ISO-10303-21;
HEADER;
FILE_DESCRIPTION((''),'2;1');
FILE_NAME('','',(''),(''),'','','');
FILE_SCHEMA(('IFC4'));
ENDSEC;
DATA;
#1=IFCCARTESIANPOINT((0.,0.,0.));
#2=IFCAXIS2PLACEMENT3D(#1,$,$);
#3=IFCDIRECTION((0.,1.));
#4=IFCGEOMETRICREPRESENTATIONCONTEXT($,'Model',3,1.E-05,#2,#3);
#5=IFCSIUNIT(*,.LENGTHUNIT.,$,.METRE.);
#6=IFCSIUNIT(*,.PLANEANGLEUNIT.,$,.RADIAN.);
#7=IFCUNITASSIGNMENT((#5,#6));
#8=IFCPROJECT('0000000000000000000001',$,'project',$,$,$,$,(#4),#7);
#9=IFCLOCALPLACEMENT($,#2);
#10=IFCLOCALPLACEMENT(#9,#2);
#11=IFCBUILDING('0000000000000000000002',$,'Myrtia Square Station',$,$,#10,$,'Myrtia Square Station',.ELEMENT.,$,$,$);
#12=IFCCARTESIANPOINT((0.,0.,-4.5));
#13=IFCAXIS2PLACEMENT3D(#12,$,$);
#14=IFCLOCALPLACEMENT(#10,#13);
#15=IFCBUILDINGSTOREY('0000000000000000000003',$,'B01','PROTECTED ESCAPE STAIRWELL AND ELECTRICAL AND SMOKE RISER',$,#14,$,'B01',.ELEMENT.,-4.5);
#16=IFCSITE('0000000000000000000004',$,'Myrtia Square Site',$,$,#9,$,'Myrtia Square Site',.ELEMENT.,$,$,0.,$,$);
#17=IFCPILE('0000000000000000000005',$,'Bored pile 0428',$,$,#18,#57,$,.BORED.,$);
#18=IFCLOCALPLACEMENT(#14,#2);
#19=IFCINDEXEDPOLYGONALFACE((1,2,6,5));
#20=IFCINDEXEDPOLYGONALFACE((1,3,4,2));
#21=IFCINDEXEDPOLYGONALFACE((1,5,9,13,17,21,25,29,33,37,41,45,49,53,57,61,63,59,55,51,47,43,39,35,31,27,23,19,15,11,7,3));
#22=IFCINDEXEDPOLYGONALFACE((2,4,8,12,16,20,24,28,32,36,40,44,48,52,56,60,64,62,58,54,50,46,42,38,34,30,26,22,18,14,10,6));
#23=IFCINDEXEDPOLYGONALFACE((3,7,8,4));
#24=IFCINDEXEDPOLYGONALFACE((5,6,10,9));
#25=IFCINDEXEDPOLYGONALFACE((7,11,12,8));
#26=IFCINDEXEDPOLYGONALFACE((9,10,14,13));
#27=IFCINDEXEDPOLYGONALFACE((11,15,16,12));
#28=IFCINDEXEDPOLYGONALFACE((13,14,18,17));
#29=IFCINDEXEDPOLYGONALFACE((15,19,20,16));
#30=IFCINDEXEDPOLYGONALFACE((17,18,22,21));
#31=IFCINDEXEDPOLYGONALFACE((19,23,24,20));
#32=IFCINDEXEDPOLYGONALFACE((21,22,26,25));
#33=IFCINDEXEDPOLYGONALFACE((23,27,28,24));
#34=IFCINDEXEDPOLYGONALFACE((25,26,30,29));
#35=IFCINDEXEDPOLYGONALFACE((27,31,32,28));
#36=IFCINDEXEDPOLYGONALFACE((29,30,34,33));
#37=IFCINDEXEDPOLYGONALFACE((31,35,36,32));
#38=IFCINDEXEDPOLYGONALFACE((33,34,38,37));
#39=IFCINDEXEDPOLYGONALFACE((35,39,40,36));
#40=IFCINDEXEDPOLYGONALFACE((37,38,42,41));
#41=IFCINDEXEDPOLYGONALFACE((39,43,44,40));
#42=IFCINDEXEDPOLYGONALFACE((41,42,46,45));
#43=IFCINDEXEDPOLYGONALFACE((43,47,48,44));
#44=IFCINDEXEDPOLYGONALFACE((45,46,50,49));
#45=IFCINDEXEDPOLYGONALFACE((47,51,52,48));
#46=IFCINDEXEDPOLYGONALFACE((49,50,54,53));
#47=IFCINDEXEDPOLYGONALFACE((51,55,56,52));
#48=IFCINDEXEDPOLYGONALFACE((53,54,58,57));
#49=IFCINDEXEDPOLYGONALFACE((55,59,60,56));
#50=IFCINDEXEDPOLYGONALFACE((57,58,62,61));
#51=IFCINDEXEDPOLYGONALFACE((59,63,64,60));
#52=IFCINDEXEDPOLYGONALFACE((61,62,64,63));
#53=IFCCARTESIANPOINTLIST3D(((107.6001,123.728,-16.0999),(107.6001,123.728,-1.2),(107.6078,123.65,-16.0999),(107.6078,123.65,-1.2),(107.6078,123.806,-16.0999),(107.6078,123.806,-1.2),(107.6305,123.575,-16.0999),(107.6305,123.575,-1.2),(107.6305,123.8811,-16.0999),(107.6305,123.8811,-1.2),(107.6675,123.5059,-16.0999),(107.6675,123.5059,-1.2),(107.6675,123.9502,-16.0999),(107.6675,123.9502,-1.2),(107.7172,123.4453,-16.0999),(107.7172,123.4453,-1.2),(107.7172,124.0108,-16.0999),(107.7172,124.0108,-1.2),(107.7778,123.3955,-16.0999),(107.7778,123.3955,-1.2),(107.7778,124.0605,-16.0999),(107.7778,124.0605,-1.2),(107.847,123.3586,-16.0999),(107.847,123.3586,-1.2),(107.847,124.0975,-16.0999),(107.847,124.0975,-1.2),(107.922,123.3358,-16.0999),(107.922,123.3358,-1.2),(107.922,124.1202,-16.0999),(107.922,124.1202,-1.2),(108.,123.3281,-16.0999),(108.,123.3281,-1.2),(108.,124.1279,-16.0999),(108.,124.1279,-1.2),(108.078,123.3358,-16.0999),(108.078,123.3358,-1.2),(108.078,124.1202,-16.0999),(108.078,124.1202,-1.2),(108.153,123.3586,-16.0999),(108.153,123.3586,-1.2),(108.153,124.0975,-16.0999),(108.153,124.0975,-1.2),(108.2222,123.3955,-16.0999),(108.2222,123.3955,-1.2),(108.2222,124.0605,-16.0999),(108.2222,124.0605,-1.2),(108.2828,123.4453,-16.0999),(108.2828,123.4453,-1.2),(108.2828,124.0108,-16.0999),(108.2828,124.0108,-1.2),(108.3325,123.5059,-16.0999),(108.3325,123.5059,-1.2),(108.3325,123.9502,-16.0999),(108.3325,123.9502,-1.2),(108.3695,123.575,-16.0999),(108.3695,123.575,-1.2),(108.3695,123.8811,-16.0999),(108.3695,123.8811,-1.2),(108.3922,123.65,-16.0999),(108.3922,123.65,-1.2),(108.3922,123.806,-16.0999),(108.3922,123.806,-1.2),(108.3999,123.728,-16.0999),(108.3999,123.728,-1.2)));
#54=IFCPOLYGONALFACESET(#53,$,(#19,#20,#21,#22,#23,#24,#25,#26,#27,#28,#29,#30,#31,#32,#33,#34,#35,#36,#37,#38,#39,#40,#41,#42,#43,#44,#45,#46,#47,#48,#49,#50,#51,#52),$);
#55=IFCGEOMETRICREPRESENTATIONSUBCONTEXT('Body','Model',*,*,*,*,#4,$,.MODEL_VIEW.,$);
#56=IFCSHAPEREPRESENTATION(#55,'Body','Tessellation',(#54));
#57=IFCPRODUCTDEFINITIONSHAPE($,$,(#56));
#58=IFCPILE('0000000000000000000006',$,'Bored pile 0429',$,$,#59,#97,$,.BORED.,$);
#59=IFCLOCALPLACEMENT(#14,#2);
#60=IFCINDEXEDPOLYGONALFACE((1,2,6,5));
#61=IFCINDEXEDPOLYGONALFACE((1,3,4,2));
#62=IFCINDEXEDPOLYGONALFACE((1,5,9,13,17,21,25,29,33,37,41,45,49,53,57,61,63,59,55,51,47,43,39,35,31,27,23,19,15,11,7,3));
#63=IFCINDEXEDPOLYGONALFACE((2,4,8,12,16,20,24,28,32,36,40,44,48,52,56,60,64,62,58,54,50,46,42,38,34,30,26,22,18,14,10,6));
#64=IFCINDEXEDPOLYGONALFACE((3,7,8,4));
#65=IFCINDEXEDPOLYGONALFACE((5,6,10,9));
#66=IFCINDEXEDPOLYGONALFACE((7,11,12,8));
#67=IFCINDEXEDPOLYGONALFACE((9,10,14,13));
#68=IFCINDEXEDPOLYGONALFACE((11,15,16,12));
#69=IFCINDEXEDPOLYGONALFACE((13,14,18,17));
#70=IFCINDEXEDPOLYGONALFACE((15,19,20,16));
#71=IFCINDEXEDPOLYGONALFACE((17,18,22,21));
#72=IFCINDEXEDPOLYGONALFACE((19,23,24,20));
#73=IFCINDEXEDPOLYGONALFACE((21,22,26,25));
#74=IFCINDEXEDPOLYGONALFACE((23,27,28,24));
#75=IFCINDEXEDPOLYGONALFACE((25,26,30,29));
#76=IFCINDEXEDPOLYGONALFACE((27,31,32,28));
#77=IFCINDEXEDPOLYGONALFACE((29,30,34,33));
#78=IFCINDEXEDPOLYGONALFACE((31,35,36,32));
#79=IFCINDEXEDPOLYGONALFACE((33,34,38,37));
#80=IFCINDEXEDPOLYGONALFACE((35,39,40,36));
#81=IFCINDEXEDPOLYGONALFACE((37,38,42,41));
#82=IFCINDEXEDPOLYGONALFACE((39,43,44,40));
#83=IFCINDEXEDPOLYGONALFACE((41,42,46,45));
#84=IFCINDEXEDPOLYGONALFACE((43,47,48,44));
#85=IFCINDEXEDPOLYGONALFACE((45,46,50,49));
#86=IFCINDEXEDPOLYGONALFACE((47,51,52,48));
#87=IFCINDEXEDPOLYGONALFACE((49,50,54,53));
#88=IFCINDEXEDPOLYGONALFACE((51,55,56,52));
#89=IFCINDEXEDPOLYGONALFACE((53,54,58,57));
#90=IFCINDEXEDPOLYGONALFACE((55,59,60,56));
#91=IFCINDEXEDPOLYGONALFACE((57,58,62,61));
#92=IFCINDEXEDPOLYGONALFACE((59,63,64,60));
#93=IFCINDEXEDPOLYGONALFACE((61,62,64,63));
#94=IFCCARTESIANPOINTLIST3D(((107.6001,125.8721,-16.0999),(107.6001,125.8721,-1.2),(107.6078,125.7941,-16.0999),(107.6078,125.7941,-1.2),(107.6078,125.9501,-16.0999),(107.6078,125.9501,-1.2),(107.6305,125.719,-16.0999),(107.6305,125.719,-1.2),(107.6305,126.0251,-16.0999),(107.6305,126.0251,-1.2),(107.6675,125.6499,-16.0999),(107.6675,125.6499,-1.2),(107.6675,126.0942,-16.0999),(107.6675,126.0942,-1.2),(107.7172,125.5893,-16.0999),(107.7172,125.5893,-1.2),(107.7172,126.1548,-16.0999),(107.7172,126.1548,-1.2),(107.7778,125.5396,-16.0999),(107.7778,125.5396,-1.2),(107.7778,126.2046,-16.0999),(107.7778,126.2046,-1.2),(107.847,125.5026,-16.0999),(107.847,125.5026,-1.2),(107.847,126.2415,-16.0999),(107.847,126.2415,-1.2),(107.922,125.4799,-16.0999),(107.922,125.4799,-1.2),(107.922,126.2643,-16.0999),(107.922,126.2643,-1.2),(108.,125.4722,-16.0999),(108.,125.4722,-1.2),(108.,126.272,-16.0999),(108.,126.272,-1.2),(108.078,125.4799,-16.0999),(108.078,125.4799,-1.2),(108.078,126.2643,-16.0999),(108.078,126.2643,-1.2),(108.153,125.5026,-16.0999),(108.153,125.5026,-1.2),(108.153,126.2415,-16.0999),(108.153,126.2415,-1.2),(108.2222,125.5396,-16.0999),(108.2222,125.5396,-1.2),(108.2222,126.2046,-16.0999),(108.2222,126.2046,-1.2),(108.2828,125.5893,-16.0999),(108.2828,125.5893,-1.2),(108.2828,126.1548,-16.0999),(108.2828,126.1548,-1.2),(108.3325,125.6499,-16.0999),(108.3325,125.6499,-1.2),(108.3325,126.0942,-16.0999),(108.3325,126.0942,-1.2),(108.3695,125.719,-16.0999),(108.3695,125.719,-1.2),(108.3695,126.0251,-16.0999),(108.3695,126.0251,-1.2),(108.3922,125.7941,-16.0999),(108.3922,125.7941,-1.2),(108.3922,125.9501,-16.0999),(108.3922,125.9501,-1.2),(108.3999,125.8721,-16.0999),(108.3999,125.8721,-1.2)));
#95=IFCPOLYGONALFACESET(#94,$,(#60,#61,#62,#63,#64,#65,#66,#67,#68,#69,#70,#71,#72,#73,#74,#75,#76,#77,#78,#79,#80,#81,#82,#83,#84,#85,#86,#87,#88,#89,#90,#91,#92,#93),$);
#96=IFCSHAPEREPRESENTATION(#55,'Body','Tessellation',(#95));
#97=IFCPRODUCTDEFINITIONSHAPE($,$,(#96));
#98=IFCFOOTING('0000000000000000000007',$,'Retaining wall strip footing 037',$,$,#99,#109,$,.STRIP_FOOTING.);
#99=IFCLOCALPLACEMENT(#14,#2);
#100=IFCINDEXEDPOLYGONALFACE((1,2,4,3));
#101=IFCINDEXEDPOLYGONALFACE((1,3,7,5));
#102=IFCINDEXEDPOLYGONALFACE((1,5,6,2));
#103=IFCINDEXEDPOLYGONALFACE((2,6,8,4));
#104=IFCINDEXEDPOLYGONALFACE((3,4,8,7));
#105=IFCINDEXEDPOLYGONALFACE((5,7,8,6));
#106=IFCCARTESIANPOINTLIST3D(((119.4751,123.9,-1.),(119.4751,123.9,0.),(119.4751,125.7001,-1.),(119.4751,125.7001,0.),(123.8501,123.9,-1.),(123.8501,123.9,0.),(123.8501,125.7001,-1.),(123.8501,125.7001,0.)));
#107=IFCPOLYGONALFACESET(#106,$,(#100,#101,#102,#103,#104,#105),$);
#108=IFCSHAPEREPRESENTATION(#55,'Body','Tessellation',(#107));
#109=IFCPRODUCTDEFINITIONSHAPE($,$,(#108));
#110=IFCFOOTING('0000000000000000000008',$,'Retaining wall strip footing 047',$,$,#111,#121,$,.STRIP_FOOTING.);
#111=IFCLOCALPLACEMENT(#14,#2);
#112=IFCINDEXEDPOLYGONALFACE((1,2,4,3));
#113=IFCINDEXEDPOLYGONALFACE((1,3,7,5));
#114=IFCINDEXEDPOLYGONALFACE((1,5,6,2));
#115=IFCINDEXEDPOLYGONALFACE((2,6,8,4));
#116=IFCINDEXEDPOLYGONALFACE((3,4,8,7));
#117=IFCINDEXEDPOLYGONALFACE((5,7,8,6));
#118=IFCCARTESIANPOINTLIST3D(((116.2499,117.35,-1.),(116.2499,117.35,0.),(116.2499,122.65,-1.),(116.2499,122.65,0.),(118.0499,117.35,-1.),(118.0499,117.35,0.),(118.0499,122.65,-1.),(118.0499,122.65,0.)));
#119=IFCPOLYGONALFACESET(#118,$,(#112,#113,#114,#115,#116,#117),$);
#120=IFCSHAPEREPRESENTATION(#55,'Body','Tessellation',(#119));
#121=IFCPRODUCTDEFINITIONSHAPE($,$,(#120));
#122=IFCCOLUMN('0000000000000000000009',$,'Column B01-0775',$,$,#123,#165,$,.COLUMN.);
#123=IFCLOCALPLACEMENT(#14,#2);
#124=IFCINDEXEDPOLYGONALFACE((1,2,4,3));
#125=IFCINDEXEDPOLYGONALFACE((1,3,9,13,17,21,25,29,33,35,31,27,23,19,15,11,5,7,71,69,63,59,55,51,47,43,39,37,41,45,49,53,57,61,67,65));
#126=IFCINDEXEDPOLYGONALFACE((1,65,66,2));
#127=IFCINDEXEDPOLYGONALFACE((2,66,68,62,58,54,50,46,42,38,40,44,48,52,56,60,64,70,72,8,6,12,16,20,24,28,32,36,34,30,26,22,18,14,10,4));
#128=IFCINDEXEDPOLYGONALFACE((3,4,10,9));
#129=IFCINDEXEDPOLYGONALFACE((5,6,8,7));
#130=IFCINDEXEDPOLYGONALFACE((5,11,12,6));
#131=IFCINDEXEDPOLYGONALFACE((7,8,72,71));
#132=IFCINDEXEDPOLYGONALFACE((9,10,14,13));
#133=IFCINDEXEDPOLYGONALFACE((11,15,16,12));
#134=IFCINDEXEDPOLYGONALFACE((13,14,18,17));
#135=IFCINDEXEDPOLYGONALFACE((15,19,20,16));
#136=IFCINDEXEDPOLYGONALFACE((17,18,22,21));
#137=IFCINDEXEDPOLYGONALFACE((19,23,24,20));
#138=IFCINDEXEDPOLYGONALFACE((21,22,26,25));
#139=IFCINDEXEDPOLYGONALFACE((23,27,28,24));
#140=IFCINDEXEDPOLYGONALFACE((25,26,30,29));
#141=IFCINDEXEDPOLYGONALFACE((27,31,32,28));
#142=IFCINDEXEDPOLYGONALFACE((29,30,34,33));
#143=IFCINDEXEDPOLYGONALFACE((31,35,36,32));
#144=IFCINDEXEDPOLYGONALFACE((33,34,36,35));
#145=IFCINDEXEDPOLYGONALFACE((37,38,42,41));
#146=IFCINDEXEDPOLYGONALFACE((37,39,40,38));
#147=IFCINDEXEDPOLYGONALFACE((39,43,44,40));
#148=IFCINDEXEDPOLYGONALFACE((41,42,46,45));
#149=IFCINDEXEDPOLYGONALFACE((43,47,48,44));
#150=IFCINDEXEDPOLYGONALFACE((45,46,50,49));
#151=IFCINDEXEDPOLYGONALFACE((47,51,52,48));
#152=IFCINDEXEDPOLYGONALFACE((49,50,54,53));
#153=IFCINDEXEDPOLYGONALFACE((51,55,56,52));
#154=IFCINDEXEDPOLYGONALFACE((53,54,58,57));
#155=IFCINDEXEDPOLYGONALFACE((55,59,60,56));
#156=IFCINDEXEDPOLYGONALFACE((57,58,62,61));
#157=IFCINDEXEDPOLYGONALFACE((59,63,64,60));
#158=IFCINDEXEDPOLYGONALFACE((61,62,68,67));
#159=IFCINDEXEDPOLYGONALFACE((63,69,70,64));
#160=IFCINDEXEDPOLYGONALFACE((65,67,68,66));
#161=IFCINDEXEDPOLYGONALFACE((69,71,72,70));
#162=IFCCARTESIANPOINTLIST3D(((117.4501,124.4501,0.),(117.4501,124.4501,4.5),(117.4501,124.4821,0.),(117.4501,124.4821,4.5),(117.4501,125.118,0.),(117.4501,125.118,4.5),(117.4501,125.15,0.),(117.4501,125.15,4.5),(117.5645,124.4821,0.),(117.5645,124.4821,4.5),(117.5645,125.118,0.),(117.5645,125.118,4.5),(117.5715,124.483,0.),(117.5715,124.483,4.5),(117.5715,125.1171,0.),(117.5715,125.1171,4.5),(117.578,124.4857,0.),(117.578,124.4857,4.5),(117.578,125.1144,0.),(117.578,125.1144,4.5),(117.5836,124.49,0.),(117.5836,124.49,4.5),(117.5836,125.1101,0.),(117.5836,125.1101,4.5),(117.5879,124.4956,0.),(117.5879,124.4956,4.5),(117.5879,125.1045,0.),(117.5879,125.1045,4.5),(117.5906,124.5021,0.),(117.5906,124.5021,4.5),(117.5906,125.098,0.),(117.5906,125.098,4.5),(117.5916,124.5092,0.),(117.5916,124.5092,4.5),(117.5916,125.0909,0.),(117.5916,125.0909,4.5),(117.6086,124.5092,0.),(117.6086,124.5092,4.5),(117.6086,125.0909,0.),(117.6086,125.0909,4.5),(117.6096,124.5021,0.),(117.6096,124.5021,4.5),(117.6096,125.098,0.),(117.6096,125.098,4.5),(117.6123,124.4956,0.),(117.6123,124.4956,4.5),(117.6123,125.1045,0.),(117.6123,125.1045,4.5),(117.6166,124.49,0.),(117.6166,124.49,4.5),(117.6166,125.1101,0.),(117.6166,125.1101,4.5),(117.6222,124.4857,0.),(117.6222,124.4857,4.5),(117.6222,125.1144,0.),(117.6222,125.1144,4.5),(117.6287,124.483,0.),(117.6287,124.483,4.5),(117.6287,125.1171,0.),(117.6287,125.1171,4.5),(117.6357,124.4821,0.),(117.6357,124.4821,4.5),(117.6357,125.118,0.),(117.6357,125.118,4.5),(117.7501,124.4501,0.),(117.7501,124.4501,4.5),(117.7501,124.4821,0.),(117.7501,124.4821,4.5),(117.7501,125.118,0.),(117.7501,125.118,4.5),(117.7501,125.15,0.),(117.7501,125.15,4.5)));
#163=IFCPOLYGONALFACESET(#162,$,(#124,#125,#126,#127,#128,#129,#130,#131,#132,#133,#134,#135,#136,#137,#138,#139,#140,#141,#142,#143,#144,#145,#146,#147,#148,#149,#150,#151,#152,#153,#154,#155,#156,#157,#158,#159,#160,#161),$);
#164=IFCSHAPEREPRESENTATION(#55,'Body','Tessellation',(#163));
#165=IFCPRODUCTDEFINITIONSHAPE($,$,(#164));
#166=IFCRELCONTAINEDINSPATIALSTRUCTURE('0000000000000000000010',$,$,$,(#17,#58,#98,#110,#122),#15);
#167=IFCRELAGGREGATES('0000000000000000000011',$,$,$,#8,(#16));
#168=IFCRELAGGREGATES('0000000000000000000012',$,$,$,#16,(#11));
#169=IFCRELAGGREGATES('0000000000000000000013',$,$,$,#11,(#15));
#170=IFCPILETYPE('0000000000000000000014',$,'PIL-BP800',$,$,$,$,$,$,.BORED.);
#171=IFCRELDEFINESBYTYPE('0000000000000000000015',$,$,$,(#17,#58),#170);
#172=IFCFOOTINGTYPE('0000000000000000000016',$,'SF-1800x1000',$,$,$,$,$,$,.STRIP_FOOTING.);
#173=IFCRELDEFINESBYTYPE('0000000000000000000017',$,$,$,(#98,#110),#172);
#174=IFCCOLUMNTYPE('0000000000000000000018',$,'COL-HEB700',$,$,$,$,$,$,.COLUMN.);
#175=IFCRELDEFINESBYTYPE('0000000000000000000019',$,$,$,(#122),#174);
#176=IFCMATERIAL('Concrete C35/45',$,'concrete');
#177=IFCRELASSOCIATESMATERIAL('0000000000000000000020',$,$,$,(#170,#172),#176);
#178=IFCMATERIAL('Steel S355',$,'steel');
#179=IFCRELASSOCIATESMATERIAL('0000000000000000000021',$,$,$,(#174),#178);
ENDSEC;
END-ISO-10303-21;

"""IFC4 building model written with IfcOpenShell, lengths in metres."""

from ifc_helpers import new_model, si_unit, direction, frame, origin, origin_2d, place, context, subcontext, project, spatial, rectangle, circle, i_section, extrude, material, material_profile, profile_set, type_object, element, save


model = new_model("IFC4")

# Units and contexts
model_context = context("Model", 3, precision=1e-05, world=origin(), true_north=direction((0.0, 1.0)))
body_context = subcontext(model_context, "Body", "Model", "MODEL_VIEW")
ifc_project = project(units=[si_unit("LENGTHUNIT", "METRE"), si_unit("PLANEANGLEUNIT", "RADIAN")], contexts=[model_context])

# Site, building, storey
site_placement = place(None, origin())
site = spatial("IfcSite", under=ifc_project, at=site_placement, Name="Myrtia Square Site", LongName="Myrtia Square Site", CompositionType="ELEMENT", RefElevation=0.0)
building_placement = place(site_placement, origin())
building = spatial("IfcBuilding", under=site, at=building_placement, Name="Myrtia Square Station", LongName="Myrtia Square Station", CompositionType="ELEMENT")
storey_placement = place(building_placement, frame((0.0, 0.0, -4.5)))
storey = spatial("IfcBuildingStorey", under=building, at=storey_placement, Name="B01", Description="PROTECTED ESCAPE STAIRWELL AND ELECTRICAL AND SMOKE RISER", LongName="B01", CompositionType="ELEMENT", Elevation=-4.5)

# Shared definitions
ifc_material_1 = material(Name="Concrete C35/45", Category="concrete")

# Piles
ifc_material_profile_1 = material_profile(ifc_material_1, circle(Radius=0.3999, at=origin_2d()), Name="BP D800")
ifc_profile_set_1 = profile_set([ifc_material_profile_1], Name="Concrete C35/45")
pile_type_1 = type_object("IfcPileType", Name="PIL-BP800", PredefinedType="BORED", material=ifc_profile_set_1)
for number, where, z_axis, x_axis, name in (
    (1, (108.0, 123.728, -1.2), (0.0, 0.0, -1.0), (1.0, 0.0, 0.0), "Bored pile 0428"),
    (2, (108.0, 125.8721, -1.2), (0.0, 0.0, -1.0), (1.0, 0.0, 0.0), "Bored pile 0429"),
):
    element("IfcPile", number, at=place(storey_placement, frame(where, z_axis=z_axis, x_axis=x_axis)), inside=storey, type_object=pile_type_1, Name=name, PredefinedType="BORED", context=body_context, shape_type="SweptSolid", body=[
        extrude(circle(Radius=0.3999, at=origin_2d()), origin(), (0.0, 0.0, 1.0), 14.8999),
    ])

# Footings
footing_type_1 = type_object("IfcFootingType", Name="SF-1800x1000", PredefinedType="STRIP_FOOTING", material=ifc_material_1)
footing_1_placement = place(storey_placement, frame((121.6626, 124.8, -1.0), z_axis=(0.0, 0.0, 1.0), x_axis=(1.0, 0.0, 0.0)))
element("IfcFooting", 3, at=footing_1_placement, inside=storey, type_object=footing_type_1, Name="Retaining wall strip footing 037", PredefinedType="STRIP_FOOTING", context=body_context, shape_type="SweptSolid", body=[
    extrude(rectangle(XDim=4.375, YDim=1.8, at=origin_2d()), origin(), (0.0, 0.0, 1.0), 1.0),
])
footing_2_placement = place(storey_placement, frame((117.1499, 120.0, -1.0), z_axis=(0.0, 0.0, 1.0), x_axis=(1.0, 0.0, 0.0)))
element("IfcFooting", 4, at=footing_2_placement, inside=storey, type_object=footing_type_1, Name="Retaining wall strip footing 047", PredefinedType="STRIP_FOOTING", context=body_context, shape_type="SweptSolid", body=[
    extrude(rectangle(XDim=1.8, YDim=5.3, at=origin_2d()), origin(), (0.0, 0.0, 1.0), 1.0),
])

# Column
ifc_material_2 = material(Name="Steel S355", Category="steel")
ifc_material_profile_2 = material_profile(ifc_material_2, i_section(OverallWidth=0.3, OverallDepth=0.7, WebThickness=0.0171, FlangeThickness=0.032, FilletRadius=0.0271, at=origin_2d()), Name="HEB 700")
ifc_profile_set_2 = profile_set([ifc_material_profile_2], Name="Steel S355")
column_type_1 = type_object("IfcColumnType", Name="COL-HEB700", PredefinedType="COLUMN", material=ifc_profile_set_2)
for number, where, z_axis, x_axis, name in (
    (5, (117.6001, 124.8, 0.0), (0.0, 0.0, 1.0), (1.0, 0.0, 0.0), "Column B01-0775"),
):
    element("IfcColumn", number, at=place(storey_placement, frame(where, z_axis=z_axis, x_axis=x_axis)), inside=storey, type_object=column_type_1, Name=name, PredefinedType="COLUMN", context=body_context, shape_type="SweptSolid", body=[
        extrude(i_section(OverallWidth=0.3, OverallDepth=0.7, WebThickness=0.0171, FlangeThickness=0.032, FilletRadius=0.0271, at=origin_2d()), origin(), (0.0, 0.0, 1.0), 4.5),
    ])

save(model, "model.ifc")
